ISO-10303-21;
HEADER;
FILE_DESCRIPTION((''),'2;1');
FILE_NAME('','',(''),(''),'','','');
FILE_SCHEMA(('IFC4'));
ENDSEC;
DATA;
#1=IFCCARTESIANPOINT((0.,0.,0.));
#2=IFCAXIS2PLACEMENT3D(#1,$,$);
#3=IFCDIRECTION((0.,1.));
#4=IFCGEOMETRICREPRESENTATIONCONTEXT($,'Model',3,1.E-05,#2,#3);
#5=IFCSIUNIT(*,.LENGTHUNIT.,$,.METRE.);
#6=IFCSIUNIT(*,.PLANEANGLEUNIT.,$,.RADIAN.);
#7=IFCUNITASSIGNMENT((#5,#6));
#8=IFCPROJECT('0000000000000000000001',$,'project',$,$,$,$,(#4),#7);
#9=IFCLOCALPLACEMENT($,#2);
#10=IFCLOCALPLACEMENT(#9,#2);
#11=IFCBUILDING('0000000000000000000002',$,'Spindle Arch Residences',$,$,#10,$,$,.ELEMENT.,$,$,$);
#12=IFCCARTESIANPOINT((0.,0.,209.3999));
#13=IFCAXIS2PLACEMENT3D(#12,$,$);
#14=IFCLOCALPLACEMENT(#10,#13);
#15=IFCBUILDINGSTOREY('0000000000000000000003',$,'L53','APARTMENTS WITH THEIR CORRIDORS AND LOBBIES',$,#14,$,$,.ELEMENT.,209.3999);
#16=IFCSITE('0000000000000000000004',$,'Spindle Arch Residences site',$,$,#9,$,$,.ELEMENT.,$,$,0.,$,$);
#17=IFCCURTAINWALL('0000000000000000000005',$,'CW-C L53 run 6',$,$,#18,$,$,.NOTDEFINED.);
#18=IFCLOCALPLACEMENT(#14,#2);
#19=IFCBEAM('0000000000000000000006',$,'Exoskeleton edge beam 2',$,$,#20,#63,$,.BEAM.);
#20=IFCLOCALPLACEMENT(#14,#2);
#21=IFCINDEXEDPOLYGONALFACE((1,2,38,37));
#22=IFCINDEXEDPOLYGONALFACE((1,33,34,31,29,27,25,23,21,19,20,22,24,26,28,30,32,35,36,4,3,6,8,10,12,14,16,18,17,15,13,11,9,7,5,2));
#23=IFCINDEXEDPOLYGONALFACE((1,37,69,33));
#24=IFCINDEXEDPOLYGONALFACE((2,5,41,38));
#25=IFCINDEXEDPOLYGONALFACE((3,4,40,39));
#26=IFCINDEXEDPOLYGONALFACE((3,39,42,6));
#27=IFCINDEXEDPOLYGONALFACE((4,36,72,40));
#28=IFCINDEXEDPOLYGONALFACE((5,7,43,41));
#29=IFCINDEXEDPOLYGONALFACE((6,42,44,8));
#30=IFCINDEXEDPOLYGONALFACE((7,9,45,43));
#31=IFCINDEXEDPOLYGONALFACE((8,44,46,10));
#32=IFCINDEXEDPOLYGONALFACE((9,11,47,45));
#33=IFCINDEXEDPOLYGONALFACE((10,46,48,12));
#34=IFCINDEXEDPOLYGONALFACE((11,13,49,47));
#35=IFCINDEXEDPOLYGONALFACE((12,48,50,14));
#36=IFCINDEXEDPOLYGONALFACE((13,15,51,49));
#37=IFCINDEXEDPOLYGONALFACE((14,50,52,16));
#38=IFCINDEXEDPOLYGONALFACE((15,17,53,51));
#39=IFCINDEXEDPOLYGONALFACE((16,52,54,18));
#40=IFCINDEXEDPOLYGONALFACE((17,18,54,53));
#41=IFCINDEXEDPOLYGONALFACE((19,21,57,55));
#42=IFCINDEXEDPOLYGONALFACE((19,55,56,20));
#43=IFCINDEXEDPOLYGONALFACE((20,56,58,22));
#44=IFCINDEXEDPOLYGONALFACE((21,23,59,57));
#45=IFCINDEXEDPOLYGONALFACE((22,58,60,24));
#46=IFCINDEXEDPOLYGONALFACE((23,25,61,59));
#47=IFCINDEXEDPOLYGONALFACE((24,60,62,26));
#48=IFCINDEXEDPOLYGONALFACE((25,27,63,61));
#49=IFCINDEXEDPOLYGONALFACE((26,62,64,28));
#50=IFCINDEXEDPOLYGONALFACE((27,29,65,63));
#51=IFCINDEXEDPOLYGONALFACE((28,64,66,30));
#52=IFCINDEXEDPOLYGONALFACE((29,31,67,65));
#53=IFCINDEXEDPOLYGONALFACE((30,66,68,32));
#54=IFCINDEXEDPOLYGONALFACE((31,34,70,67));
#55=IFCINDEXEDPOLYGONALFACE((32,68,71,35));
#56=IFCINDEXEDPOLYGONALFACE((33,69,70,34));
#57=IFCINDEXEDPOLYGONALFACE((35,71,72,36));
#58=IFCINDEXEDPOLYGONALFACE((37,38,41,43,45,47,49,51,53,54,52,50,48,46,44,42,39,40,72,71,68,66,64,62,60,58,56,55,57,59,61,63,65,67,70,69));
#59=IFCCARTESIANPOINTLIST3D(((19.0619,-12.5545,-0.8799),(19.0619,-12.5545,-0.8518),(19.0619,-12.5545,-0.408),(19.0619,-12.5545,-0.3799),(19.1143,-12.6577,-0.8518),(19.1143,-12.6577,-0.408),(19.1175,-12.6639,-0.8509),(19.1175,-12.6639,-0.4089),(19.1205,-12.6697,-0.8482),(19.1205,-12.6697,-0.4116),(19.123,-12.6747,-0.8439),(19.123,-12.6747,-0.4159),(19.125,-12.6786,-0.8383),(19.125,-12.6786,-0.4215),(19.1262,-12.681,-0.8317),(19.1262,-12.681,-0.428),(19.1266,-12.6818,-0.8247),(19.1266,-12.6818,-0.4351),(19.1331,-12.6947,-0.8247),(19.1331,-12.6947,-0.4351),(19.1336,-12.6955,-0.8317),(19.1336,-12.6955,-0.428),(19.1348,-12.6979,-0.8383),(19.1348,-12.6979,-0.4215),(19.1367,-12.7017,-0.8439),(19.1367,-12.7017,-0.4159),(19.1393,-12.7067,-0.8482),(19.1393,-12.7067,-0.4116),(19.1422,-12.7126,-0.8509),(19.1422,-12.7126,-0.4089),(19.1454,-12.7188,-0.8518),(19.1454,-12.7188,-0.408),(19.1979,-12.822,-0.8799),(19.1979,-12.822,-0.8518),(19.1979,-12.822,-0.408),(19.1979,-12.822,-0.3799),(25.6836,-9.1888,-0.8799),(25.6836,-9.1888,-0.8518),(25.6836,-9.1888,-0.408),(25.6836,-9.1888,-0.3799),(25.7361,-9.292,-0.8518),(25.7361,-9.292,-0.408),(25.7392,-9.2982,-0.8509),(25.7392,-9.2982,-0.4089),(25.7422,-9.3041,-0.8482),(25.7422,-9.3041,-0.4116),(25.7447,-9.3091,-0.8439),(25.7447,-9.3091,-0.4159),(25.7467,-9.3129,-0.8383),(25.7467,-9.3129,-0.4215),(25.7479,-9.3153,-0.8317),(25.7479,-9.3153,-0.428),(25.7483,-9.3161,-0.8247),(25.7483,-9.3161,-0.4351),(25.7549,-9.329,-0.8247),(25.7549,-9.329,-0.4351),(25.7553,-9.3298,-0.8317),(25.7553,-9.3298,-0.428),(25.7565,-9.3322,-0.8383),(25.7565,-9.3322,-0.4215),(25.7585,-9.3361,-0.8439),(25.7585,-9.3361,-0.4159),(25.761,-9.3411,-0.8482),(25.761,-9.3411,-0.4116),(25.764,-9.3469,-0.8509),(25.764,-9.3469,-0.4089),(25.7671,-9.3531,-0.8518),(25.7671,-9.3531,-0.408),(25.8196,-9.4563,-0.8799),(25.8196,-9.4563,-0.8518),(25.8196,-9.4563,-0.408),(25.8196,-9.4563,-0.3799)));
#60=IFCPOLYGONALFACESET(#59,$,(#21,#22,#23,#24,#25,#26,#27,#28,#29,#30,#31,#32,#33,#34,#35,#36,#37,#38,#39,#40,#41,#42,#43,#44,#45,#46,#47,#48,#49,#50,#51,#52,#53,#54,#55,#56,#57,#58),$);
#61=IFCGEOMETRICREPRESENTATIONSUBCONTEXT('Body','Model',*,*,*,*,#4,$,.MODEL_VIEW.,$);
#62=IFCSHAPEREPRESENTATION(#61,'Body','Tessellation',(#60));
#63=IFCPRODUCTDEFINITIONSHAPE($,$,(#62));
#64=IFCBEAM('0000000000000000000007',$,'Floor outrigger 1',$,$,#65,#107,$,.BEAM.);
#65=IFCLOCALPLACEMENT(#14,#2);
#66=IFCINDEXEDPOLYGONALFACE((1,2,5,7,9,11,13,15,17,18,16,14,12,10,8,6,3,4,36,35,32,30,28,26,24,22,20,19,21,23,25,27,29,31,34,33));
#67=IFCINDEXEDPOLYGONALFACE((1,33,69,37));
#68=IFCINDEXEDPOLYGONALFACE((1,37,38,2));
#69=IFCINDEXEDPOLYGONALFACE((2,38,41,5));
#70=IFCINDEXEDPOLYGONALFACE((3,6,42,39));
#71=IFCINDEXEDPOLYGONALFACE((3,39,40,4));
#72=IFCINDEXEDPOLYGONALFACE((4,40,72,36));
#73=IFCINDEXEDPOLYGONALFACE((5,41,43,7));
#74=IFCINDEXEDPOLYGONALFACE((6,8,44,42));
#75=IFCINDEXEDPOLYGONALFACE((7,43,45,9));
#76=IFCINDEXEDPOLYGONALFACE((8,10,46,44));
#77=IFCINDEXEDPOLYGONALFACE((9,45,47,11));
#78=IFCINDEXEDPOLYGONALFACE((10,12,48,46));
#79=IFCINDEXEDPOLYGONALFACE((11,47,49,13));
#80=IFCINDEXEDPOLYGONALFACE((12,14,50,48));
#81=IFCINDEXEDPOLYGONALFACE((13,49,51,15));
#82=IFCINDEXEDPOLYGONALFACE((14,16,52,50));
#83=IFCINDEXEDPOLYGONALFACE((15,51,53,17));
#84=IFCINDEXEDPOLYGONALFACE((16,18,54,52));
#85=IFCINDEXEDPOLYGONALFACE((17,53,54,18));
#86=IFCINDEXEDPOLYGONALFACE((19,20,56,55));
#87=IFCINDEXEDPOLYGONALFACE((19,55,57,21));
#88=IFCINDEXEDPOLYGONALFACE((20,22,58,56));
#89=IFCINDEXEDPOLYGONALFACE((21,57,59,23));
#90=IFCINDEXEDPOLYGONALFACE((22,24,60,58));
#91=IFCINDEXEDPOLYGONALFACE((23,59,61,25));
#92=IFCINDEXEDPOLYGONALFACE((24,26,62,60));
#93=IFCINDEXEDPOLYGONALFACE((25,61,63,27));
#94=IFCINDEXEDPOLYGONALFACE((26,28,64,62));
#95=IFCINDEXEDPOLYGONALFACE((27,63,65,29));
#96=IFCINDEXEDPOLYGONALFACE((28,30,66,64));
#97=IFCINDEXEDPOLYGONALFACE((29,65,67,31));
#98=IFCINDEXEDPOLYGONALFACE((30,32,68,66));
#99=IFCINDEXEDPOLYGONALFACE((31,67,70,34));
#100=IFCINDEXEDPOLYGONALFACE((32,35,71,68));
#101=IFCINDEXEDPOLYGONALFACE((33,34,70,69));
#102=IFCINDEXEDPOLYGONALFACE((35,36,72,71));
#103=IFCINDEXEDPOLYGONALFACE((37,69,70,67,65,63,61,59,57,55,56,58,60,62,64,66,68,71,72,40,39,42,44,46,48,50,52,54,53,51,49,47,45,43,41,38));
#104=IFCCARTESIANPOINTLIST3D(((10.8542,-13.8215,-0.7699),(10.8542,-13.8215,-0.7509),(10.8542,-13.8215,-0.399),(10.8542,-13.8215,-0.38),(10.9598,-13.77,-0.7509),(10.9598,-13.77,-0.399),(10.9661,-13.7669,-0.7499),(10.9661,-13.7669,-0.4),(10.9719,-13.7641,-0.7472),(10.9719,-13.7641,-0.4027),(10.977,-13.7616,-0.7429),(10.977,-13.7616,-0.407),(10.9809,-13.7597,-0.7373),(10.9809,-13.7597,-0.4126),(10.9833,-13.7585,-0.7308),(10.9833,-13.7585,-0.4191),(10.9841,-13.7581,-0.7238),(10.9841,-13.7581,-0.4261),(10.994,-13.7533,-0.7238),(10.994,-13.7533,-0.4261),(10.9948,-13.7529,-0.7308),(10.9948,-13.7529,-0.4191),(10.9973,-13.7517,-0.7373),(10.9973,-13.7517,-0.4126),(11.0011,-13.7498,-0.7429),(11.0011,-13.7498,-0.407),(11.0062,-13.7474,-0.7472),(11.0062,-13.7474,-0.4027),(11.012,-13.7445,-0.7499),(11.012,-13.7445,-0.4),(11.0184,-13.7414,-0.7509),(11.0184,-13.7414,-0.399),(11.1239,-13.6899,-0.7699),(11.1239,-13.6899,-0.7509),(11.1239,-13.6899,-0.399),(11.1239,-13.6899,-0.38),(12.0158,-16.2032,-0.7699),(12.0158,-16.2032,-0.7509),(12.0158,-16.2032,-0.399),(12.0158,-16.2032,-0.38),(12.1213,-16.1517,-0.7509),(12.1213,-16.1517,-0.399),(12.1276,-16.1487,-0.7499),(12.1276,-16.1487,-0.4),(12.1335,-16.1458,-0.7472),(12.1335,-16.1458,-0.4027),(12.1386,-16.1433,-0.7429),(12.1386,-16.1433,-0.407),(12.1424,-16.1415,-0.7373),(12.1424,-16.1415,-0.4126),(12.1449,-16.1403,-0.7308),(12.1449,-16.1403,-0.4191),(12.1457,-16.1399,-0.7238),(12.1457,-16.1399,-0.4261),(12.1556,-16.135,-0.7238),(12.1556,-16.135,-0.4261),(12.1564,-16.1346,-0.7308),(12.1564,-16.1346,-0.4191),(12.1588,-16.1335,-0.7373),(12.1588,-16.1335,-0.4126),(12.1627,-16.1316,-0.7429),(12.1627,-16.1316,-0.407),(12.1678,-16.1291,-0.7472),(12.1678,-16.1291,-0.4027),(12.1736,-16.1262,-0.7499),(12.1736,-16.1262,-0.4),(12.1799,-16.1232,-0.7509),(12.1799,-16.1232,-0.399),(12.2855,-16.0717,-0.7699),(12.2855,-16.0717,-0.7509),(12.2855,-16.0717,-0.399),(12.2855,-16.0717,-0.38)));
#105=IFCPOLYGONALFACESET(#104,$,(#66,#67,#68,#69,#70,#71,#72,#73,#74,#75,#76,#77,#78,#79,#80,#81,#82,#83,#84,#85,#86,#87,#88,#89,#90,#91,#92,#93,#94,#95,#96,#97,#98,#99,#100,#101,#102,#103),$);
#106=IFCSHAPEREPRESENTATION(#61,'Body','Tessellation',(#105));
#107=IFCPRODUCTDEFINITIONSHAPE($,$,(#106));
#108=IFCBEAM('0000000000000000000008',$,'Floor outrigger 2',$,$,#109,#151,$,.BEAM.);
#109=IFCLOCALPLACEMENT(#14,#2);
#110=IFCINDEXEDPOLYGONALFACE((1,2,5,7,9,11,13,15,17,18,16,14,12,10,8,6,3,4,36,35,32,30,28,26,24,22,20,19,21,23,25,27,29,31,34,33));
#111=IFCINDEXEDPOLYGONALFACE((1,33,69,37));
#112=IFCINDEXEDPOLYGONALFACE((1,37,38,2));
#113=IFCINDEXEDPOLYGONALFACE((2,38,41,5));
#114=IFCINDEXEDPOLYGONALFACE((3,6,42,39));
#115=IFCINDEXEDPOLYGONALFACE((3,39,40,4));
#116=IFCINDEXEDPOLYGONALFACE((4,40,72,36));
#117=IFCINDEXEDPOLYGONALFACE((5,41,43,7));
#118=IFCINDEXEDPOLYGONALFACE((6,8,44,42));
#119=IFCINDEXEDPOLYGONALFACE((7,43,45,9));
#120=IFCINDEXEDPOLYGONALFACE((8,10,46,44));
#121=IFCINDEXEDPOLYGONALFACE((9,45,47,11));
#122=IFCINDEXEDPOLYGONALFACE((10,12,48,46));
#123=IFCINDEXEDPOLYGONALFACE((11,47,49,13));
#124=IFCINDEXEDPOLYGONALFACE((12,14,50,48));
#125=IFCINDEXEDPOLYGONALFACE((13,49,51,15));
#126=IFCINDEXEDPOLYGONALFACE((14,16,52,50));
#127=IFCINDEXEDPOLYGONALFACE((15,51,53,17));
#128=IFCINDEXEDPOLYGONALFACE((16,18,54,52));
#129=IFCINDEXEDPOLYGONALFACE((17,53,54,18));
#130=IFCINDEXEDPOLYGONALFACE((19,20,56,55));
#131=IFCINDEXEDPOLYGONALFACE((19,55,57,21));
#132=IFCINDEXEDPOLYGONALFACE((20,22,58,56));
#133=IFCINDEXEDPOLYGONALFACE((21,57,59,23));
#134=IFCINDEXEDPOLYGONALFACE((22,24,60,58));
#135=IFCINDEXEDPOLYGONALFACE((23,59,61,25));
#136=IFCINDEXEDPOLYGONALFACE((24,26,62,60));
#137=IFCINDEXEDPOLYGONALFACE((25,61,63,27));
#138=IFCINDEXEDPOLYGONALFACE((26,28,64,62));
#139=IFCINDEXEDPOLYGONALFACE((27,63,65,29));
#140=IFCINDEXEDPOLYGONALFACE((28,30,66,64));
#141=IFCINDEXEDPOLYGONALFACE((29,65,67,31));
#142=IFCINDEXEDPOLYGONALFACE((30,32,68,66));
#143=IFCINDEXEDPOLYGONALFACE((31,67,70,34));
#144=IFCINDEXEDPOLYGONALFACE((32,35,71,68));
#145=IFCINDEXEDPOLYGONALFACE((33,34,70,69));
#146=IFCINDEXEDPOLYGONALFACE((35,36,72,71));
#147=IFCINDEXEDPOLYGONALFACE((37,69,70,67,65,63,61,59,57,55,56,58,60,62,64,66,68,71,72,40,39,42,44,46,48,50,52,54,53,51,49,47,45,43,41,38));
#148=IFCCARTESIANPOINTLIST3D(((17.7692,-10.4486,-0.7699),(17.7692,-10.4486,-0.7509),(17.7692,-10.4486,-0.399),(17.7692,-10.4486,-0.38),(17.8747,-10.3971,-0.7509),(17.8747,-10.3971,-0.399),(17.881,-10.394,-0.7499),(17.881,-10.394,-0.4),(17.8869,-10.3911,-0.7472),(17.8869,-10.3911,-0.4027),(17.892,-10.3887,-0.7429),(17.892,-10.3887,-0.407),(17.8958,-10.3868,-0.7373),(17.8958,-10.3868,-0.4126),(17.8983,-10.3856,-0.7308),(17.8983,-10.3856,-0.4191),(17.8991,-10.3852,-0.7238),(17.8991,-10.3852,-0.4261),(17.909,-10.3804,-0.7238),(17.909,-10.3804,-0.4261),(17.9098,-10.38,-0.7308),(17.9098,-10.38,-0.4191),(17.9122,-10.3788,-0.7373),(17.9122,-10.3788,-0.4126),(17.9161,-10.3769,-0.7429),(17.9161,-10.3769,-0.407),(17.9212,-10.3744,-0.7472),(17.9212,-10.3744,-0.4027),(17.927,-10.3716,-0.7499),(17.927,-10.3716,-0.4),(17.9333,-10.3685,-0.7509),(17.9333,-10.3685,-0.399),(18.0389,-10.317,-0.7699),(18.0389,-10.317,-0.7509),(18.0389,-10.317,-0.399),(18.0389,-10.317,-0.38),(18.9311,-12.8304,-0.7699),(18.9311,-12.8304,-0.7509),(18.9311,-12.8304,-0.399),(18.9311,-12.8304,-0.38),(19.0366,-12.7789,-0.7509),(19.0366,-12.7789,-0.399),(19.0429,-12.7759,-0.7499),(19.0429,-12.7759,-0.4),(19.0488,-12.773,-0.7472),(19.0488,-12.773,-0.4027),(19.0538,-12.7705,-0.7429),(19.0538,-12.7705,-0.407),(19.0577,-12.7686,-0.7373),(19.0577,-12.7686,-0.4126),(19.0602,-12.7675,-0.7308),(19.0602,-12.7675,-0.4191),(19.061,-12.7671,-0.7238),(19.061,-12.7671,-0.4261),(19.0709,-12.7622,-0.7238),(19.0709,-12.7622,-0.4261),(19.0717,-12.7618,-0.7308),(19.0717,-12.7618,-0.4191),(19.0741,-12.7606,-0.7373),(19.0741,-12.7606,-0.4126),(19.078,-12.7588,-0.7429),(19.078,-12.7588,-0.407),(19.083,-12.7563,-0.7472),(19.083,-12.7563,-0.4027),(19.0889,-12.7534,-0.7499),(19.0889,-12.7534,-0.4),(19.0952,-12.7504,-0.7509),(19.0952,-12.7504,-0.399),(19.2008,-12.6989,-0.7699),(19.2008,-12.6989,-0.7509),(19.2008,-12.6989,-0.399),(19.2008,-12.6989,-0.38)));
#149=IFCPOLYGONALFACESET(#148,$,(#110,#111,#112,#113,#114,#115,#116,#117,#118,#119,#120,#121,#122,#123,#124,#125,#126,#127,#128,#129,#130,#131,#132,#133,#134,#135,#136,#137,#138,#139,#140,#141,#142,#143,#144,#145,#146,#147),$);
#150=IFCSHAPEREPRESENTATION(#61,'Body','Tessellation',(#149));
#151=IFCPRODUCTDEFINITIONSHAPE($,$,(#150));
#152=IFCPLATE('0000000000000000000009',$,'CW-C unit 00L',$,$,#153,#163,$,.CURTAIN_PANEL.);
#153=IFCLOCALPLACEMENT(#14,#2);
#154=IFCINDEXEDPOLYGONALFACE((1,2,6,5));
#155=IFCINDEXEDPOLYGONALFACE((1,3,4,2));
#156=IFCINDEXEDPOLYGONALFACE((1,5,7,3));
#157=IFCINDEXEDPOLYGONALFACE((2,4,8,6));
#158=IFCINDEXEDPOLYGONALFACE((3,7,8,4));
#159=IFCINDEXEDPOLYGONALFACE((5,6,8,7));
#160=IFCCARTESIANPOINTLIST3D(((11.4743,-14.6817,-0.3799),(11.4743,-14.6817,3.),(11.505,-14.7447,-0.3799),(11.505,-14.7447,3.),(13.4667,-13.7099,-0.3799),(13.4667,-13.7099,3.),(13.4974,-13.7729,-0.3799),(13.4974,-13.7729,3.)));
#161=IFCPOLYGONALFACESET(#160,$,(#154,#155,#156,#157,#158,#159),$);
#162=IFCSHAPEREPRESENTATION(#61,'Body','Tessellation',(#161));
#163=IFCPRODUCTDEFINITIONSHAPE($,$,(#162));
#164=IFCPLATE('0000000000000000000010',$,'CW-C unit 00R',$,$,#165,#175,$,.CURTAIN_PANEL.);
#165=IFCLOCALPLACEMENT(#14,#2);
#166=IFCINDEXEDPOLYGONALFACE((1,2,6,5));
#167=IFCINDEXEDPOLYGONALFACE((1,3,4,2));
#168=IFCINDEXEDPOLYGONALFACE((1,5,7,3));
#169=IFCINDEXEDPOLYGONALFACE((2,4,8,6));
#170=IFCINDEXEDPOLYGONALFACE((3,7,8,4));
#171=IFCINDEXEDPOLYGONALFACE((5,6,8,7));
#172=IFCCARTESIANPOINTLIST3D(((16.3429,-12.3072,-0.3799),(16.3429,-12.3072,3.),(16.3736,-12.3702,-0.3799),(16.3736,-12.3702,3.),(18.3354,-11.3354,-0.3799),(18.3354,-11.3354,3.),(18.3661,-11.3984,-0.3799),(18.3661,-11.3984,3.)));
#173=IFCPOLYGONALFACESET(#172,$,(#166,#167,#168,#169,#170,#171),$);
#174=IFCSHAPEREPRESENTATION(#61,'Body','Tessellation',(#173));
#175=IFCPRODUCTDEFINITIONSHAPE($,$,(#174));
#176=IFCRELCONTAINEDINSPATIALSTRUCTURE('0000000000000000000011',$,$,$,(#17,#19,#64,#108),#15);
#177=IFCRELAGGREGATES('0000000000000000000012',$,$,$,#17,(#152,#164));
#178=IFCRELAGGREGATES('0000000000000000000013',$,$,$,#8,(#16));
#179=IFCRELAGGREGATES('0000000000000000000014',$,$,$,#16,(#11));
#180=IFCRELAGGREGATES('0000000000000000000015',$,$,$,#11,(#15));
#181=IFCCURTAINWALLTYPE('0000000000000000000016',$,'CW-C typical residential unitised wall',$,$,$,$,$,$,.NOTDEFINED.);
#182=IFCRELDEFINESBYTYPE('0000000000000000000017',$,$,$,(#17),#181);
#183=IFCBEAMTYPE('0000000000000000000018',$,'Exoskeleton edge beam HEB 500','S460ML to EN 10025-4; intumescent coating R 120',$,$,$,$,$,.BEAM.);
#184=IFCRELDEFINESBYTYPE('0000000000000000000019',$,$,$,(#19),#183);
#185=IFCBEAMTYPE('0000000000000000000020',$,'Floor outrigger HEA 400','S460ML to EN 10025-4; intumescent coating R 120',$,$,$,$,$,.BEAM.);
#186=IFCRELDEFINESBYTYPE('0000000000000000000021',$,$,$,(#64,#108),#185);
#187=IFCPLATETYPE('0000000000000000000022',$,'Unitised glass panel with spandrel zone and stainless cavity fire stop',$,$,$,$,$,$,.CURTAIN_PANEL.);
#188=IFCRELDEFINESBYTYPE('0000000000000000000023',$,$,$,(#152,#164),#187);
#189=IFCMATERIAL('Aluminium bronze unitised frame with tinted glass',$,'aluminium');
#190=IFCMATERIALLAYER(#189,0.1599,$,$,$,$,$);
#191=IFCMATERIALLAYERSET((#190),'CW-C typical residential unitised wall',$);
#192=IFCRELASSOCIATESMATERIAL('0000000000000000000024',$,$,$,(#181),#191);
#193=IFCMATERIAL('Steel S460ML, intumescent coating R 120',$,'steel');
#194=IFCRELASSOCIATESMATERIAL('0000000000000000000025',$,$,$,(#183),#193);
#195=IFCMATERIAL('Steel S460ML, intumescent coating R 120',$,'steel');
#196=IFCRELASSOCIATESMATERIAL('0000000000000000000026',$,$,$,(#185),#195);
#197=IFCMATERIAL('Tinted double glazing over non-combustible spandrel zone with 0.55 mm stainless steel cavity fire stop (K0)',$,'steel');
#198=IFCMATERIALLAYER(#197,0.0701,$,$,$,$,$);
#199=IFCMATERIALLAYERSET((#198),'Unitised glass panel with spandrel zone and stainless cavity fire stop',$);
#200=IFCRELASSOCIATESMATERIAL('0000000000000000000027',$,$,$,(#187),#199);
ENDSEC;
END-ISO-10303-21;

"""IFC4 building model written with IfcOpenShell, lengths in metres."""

from ifc_helpers import new_model, si_unit, direction, frame, origin, origin_2d, place, context, subcontext, project, spatial, rectangle, i_section, extrude, material, layer, layer_set, material_profile, profile_set, type_object, element, aggregate, save


model = new_model("IFC4")

# Units and contexts
model_context = context("Model", 3, precision=1e-05, world=origin(), true_north=direction((0.0, 1.0)))
body_context = subcontext(model_context, "Body", "Model", "MODEL_VIEW")
ifc_project = project(units=[si_unit("LENGTHUNIT", "METRE"), si_unit("PLANEANGLEUNIT", "RADIAN")], contexts=[model_context])

# Site, building, storey
site_placement = place(None, origin())
site = spatial("IfcSite", under=ifc_project, at=site_placement, Name="Spindle Arch Residences site", CompositionType="ELEMENT", RefElevation=0.0)
building_placement = place(site_placement, origin())
building = spatial("IfcBuilding", under=site, at=building_placement, Name="Spindle Arch Residences", CompositionType="ELEMENT")
storey_placement = place(building_placement, frame((0.0, 0.0, 209.3999)))
storey = spatial("IfcBuildingStorey", under=building, at=storey_placement, Name="L53", Description="APARTMENTS WITH THEIR CORRIDORS AND LOBBIES", CompositionType="ELEMENT", Elevation=209.3999)

# Curtain wall
ifc_material_1 = material(Name="Aluminium bronze unitised frame with tinted glass", Category="aluminium")
ifc_layer_1 = layer(ifc_material_1, 0.1599)
ifc_layer_set_1 = layer_set([ifc_layer_1], Name="CW-C typical residential unitised wall")
curtain_wall_type_1 = type_object("IfcCurtainWallType", Name="CW-C typical residential unitised wall", PredefinedType="NOTDEFINED", material=ifc_layer_set_1)
curtain_wall_1_placement = place(storey_placement, origin())
curtain_wall_1 = element("IfcCurtainWall", 1, at=curtain_wall_1_placement, inside=storey, type_object=curtain_wall_type_1, Name="CW-C L53 run 6", PredefinedType="NOTDEFINED")

# Beams
ifc_material_2 = material(Name="Steel S460ML, intumescent coating R 120", Category="steel")
ifc_material_profile_1 = material_profile(ifc_material_2, i_section(OverallWidth=0.3, OverallDepth=0.5, WebThickness=0.0144, FlangeThickness=0.0281, FilletRadius=0.0271, at=origin_2d()), Name="HEB 500")
ifc_profile_set_1 = profile_set([ifc_material_profile_1], Name="Steel S460ML, intumescent coating R 120")
beam_type_1 = type_object("IfcBeamType", Name="Exoskeleton edge beam HEB 500", Description="S460ML to EN 10025-4; intumescent coating R 120", PredefinedType="BEAM", material=ifc_profile_set_1)
beam_1_placement = place(storey_placement, frame((19.1299, -12.6882, -0.6299), z_axis=(0.891456, 0.453107, 0.0), x_axis=(-0.453107, 0.891456, 0.0)))
element("IfcBeam", 2, at=beam_1_placement, inside=storey, type_object=beam_type_1, Name="Exoskeleton edge beam 2", PredefinedType="BEAM", context=body_context, shape_type="SweptSolid", body=[
    extrude(i_section(OverallWidth=0.3, OverallDepth=0.5, WebThickness=0.0144, FlangeThickness=0.0281, FilletRadius=0.0271, at=origin_2d()), origin(), (0.0, 0.0, 1.0), 7.428),
])
ifc_material_3 = material(Name="Steel S460ML, intumescent coating R 120", Category="steel")
ifc_material_profile_2 = material_profile(ifc_material_3, i_section(OverallWidth=0.3, OverallDepth=0.3899, WebThickness=0.011, FlangeThickness=0.019, FilletRadius=0.0271, at=origin_2d()), Name="HEA 400")
ifc_profile_set_2 = profile_set([ifc_material_profile_2], Name="Steel S460ML, intumescent coating R 120")
beam_type_2 = type_object("IfcBeamType", Name="Floor outrigger HEA 400", Description="S460ML to EN 10025-4; intumescent coating R 120", PredefinedType="BEAM", material=ifc_profile_set_2)
beam_2_placement = place(storey_placement, frame((12.1506, -16.1375, -0.575), z_axis=(-0.438347, 0.898806, 0.0), x_axis=(-0.898806, -0.438347, 0.0)))
element("IfcBeam", 3, at=beam_2_placement, inside=storey, type_object=beam_type_2, Name="Floor outrigger 1", PredefinedType="BEAM", context=body_context, shape_type="SweptSolid", body=[
    extrude(i_section(OverallWidth=0.3, OverallDepth=0.3899, WebThickness=0.011, FlangeThickness=0.019, FilletRadius=0.0271, at=origin_2d()), origin(), (0.0, 0.0, 1.0), 2.6499),
])
beam_3_placement = place(storey_placement, frame((19.0659, -12.7646, -0.575), z_axis=(-0.438422, 0.898769, 0.0), x_axis=(-0.898769, -0.438422, 0.0)))
element("IfcBeam", 4, at=beam_3_placement, inside=storey, type_object=beam_type_2, Name="Floor outrigger 2", PredefinedType="BEAM", context=body_context, shape_type="SweptSolid", body=[
    extrude(i_section(OverallWidth=0.3, OverallDepth=0.3899, WebThickness=0.011, FlangeThickness=0.019, FilletRadius=0.0271, at=origin_2d()), origin(), (0.0, 0.0, 1.0), 2.6501),
])

# Plates
ifc_material_4 = material(Name="Tinted double glazing over non-combustible spandrel zone with 0.55 mm stainless steel cavity fire stop (K0)", Category="steel")
ifc_layer_2 = layer(ifc_material_4, 0.0701)
ifc_layer_set_2 = layer_set([ifc_layer_2], Name="Unitised glass panel with spandrel zone and stainless cavity fire stop")
plate_type = type_object("IfcPlateType", Name="Unitised glass panel with spandrel zone and stainless cavity fire stop", PredefinedType="CURTAIN_PANEL", material=ifc_layer_set_2)
plate_1_placement = place(storey_placement, frame((12.4858, -14.2273, -0.3799), z_axis=(0.0, 0.0, 1.0), x_axis=(0.898794, 0.438371, 0.0)))
plate_1 = element("IfcPlate", 5, at=plate_1_placement, type_object=plate_type, Name="CW-C unit 00L", PredefinedType="CURTAIN_PANEL", context=body_context, shape_type="SweptSolid", body=[
    extrude(rectangle(XDim=2.2168, YDim=0.0701, at=origin_2d()), origin(), (0.0, 0.0, 1.0), 3.3799),
])
plate_2_placement = place(storey_placement, frame((17.3545, -11.8528, -0.3799), z_axis=(0.0, 0.0, 1.0), x_axis=(0.898794, 0.438371, 0.0)))
plate_2 = element("IfcPlate", 6, at=plate_2_placement, type_object=plate_type, Name="CW-C unit 00R", PredefinedType="CURTAIN_PANEL", context=body_context, shape_type="SweptSolid", body=[
    extrude(rectangle(XDim=2.2168, YDim=0.0701, at=origin_2d()), origin(), (0.0, 0.0, 1.0), 3.3799),
])
aggregate(curtain_wall_1, [plate_1, plate_2])

save(model, "model.ifc")
